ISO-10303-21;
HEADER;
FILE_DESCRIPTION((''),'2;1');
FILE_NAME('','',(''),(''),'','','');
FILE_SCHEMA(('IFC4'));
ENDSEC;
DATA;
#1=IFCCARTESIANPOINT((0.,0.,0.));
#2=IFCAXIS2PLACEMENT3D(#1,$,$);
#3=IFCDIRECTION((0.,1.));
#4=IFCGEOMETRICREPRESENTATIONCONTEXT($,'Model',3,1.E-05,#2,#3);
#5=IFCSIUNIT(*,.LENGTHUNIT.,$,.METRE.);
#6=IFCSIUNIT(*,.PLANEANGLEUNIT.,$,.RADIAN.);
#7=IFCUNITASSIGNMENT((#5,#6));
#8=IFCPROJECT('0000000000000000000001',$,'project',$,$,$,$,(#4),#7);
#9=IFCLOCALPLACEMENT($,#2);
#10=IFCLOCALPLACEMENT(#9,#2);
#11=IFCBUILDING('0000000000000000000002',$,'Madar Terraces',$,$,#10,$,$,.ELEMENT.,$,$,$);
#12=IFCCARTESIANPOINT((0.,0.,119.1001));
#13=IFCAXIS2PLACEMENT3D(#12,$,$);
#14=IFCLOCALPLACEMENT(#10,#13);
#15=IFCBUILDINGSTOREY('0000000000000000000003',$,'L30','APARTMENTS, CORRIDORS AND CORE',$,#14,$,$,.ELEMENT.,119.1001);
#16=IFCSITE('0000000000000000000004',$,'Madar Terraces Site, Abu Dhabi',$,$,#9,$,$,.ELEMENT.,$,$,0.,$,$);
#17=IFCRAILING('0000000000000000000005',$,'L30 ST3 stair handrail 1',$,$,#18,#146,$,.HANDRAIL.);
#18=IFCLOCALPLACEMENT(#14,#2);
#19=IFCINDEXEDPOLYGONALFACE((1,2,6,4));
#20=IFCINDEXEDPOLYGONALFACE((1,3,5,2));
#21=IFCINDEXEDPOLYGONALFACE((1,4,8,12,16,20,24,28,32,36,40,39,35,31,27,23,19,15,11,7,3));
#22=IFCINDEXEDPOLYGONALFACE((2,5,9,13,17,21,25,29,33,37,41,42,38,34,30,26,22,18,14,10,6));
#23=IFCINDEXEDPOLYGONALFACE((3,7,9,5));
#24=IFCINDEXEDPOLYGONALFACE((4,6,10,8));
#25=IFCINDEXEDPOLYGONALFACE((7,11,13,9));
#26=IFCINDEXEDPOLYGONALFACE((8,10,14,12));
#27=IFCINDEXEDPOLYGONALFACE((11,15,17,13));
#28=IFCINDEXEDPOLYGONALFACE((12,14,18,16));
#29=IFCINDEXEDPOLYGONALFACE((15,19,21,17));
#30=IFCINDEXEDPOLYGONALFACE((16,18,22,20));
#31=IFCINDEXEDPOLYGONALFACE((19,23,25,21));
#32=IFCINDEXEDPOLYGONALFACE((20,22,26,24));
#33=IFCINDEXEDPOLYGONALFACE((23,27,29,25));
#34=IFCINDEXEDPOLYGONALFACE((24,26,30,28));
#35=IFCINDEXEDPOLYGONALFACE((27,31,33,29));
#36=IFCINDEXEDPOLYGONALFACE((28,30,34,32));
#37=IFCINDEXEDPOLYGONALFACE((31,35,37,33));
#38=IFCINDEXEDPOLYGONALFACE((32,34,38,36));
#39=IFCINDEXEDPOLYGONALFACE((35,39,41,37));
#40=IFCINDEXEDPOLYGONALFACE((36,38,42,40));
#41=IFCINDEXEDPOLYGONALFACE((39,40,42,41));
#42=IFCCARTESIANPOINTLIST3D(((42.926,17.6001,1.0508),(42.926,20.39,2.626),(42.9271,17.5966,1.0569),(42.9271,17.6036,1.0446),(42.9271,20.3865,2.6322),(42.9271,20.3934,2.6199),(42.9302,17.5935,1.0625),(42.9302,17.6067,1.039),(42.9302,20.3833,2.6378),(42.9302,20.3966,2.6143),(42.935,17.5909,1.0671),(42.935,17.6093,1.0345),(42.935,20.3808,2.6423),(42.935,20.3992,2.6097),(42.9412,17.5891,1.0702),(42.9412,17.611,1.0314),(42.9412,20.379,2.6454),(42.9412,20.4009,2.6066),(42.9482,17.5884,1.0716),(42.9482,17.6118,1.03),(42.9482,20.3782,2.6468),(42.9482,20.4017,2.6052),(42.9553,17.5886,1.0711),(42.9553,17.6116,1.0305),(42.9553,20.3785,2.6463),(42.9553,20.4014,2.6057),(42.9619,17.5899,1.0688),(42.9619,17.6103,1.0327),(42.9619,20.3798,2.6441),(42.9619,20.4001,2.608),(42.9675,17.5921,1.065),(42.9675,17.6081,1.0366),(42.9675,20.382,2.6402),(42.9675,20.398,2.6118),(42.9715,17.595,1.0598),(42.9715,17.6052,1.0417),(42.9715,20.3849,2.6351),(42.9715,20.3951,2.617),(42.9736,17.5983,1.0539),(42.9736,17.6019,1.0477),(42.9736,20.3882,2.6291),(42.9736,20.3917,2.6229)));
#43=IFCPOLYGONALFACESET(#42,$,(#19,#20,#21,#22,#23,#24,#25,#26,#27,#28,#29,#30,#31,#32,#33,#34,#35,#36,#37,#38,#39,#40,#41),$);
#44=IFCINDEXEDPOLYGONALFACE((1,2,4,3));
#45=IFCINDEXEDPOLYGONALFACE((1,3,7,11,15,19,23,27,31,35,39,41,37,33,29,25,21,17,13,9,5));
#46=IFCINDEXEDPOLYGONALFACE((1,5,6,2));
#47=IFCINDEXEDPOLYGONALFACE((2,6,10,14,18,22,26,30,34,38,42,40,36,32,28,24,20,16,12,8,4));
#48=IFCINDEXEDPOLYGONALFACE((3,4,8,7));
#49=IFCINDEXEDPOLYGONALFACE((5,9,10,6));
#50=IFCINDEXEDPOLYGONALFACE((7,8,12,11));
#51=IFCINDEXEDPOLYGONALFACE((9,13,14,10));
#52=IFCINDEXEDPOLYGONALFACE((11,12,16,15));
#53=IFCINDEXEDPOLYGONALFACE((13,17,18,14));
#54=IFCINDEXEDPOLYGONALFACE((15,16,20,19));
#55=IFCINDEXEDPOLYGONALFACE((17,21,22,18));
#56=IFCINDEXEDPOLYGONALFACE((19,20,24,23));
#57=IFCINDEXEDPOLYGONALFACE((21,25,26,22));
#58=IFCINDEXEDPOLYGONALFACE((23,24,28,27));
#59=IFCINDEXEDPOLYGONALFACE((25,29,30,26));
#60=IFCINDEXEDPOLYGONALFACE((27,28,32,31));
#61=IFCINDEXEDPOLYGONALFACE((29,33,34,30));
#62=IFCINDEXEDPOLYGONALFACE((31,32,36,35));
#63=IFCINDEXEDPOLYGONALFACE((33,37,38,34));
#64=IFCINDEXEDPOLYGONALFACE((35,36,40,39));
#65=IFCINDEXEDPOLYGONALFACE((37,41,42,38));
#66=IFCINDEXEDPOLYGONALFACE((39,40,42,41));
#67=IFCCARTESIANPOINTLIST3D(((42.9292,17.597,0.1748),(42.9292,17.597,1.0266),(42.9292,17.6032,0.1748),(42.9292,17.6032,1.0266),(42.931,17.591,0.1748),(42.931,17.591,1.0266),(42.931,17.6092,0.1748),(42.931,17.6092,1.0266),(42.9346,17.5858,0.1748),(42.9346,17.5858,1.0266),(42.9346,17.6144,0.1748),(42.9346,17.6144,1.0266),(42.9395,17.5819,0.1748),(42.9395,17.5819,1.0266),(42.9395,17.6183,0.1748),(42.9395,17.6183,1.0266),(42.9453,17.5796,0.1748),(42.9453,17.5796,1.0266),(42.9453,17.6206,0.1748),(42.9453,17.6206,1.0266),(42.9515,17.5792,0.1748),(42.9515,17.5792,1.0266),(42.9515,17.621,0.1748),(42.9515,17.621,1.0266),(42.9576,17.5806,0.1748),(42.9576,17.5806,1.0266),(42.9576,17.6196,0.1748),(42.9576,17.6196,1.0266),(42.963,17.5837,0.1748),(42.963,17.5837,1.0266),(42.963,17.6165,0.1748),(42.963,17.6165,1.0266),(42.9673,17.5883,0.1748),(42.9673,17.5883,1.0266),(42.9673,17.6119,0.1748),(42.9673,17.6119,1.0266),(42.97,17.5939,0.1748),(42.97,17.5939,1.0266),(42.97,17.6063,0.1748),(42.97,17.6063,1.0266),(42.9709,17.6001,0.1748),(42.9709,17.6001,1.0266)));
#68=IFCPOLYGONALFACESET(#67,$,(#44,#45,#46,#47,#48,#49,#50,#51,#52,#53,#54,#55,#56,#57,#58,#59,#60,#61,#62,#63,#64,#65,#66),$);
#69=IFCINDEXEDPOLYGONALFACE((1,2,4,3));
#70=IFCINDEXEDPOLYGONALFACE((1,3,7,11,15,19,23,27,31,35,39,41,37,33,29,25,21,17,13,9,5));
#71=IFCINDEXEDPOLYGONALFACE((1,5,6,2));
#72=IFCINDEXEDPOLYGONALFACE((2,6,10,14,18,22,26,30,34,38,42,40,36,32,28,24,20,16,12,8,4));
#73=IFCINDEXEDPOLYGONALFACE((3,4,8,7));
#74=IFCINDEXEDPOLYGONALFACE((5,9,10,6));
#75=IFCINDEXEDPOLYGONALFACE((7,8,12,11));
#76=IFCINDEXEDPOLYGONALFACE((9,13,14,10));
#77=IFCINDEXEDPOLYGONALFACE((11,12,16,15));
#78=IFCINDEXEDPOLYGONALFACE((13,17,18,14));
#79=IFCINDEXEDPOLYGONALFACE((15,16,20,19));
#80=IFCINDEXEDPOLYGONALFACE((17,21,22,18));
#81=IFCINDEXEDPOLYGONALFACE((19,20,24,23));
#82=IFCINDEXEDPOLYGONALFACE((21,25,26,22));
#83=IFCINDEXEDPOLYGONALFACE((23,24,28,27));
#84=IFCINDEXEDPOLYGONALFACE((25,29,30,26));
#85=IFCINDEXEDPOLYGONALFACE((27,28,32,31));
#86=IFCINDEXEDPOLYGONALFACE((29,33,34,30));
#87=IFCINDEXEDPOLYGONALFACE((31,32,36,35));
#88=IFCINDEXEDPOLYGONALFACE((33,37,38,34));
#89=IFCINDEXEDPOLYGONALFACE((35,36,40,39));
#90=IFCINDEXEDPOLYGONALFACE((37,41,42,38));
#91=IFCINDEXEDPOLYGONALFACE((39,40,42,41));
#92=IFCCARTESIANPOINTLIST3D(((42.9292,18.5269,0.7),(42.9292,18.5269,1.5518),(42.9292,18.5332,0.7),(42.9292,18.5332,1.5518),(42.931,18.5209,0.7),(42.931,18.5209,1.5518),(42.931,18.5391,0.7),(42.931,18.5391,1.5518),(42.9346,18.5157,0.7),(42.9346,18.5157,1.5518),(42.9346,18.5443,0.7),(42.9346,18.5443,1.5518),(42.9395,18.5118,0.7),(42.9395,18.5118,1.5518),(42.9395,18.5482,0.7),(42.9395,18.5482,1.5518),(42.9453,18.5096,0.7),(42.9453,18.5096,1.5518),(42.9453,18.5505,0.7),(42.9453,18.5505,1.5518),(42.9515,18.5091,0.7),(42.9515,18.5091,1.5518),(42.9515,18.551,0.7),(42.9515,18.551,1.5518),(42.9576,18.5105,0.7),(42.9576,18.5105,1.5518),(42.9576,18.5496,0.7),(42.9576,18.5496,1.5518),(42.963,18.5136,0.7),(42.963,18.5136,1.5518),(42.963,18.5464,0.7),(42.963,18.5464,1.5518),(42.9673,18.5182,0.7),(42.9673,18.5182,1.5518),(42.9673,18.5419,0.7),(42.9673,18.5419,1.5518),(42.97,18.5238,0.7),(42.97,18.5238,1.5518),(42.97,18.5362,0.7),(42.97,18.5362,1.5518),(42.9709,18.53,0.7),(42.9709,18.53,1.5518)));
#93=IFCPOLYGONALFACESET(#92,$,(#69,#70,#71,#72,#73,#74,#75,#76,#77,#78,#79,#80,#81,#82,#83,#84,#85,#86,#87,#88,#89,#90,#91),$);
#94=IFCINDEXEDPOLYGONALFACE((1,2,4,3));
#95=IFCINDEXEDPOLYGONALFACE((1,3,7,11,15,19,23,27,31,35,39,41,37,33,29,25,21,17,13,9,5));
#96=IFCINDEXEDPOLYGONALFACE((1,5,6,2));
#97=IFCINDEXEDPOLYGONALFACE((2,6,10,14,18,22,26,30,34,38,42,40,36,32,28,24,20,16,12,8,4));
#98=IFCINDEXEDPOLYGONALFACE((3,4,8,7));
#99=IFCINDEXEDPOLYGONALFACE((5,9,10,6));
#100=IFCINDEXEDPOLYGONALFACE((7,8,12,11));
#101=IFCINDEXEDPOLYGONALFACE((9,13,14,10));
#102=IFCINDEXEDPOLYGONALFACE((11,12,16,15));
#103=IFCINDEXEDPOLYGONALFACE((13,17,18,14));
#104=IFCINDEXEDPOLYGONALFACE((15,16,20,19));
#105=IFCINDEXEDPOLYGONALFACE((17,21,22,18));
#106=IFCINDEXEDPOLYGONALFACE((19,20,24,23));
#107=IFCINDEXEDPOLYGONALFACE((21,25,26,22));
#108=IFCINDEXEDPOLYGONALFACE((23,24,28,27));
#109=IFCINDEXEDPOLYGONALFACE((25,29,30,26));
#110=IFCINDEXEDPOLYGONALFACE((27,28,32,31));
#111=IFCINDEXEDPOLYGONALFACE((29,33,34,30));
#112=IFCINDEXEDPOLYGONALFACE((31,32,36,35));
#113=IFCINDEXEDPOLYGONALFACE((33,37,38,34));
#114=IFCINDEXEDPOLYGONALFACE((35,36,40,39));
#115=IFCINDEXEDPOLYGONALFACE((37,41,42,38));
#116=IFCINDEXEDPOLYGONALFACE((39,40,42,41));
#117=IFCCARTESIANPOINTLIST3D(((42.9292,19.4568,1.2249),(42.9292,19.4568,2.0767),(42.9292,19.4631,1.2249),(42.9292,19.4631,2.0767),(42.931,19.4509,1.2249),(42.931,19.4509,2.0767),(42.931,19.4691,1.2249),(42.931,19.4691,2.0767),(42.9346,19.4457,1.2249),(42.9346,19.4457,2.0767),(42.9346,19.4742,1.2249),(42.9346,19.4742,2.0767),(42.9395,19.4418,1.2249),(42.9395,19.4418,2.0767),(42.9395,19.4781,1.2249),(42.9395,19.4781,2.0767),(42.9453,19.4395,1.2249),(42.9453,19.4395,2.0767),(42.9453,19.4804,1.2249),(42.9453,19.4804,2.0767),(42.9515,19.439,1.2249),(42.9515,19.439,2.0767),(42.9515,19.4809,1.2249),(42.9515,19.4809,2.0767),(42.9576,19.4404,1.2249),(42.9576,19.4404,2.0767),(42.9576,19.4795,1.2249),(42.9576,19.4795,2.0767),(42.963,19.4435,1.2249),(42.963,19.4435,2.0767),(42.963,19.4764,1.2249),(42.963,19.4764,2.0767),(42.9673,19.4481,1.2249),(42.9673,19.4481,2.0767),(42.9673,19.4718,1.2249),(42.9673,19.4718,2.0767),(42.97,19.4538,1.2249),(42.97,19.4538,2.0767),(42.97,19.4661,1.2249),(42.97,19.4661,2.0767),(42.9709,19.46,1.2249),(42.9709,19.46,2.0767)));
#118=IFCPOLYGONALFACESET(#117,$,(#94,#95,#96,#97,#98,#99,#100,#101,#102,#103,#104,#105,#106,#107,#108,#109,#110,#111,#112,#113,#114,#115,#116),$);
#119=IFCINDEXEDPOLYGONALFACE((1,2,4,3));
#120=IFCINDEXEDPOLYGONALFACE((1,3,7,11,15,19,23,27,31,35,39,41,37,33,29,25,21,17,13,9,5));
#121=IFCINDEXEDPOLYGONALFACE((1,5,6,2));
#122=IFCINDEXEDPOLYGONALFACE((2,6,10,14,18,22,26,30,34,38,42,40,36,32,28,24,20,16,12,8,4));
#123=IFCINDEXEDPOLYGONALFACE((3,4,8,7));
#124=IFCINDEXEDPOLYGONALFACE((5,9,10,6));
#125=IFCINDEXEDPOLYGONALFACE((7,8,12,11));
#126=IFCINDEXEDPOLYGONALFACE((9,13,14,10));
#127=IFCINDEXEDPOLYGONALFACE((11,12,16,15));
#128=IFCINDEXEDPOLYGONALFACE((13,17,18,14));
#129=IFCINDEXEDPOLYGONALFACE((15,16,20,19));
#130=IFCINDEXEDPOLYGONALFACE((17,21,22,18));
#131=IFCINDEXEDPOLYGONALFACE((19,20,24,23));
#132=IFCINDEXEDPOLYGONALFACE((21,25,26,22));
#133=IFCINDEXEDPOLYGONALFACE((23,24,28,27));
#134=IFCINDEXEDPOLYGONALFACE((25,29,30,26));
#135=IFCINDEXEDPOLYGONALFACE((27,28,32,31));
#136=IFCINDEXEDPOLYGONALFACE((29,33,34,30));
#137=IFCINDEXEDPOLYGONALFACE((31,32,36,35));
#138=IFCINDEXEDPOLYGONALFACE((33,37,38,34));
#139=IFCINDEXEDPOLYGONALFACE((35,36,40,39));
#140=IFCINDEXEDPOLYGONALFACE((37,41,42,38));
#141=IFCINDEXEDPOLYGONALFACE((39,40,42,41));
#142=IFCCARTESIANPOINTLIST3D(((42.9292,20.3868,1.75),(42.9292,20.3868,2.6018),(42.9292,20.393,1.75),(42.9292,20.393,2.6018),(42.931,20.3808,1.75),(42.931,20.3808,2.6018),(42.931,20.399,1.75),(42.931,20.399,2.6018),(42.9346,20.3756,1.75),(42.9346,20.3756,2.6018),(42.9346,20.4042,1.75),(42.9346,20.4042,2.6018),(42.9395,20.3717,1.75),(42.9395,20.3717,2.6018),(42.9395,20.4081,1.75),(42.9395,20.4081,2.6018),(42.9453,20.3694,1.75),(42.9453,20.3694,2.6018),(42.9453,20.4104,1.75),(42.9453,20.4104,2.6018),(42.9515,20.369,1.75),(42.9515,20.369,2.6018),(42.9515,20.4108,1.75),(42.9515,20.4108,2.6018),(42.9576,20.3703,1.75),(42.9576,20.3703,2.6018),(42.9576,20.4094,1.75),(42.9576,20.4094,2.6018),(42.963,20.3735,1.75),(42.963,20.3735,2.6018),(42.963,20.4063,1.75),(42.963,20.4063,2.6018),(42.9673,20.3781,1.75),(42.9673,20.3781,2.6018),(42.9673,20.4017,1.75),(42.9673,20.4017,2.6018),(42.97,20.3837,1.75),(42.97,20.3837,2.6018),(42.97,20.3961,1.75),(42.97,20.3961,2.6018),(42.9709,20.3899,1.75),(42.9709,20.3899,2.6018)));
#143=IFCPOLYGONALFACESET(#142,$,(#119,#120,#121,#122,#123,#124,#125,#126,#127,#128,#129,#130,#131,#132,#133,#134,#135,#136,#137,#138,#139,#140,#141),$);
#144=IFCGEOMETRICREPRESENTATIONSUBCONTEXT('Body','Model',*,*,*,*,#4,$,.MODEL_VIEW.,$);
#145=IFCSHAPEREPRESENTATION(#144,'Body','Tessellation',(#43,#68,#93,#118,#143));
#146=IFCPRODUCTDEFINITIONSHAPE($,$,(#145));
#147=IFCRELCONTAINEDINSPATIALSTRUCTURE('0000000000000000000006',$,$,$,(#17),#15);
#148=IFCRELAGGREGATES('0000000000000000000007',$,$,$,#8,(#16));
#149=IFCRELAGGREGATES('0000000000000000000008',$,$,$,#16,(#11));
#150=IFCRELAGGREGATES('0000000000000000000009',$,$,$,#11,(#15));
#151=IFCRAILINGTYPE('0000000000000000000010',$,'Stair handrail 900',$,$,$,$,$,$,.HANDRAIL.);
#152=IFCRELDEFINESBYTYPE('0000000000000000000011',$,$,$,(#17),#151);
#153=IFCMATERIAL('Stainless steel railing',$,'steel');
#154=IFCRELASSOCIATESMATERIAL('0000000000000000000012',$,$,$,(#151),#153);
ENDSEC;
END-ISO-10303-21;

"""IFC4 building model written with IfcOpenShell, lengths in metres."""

from ifc_helpers import new_model, si_unit, direction, frame, origin, origin_2d, place, context, subcontext, project, spatial, circle, extrude, material, type_object, element, save


model = new_model("IFC4")

# Units and contexts
model_context = context("Model", 3, precision=1e-05, world=origin(), true_north=direction((0.0, 1.0)))
body_context = subcontext(model_context, "Body", "Model", "MODEL_VIEW")
ifc_project = project(units=[si_unit("LENGTHUNIT", "METRE"), si_unit("PLANEANGLEUNIT", "RADIAN")], contexts=[model_context])

# Site, building, storey
site_placement = place(None, origin())
site = spatial("IfcSite", under=ifc_project, at=site_placement, Name="Madar Terraces Site, Abu Dhabi", CompositionType="ELEMENT", RefElevation=0.0)
building_placement = place(site_placement, origin())
building = spatial("IfcBuilding", under=site, at=building_placement, Name="Madar Terraces", CompositionType="ELEMENT")
storey_placement = place(building_placement, frame((0.0, 0.0, 119.1001)))
storey = spatial("IfcBuildingStorey", under=building, at=storey_placement, Name="L30", Description="APARTMENTS, CORRIDORS AND CORE", CompositionType="ELEMENT", Elevation=119.1001)

# Railing
ifc_material_1 = material(Name="Stainless steel railing", Category="steel")
railing_type_1 = type_object("IfcRailingType", Name="Stair handrail 900", PredefinedType="HANDRAIL", material=ifc_material_1)
railing_1_placement = place(storey_placement, frame((42.95, 17.6001, 0.1748)))
element("IfcRailing", 1, at=railing_1_placement, inside=storey, type_object=railing_type_1, Name="L30 ST3 stair handrail 1", PredefinedType="HANDRAIL", context=body_context, shape_type="SweptSolid", body=[
    extrude(circle(Radius=0.0239, at=origin_2d()), frame((0.0, 0.0, 0.876), z_axis=(0.0, 0.870783, 0.491668), x_axis=(-1.0, 0.0, 0.0)), (0.0, 0.0, 1.0), 3.2039),
    extrude(circle(Radius=0.021, at=origin_2d()), origin(), (0.0, 0.0, 1.0), 0.8518),
    extrude(circle(Radius=0.021, at=origin_2d()), frame((0.0, 0.9299, 0.5251)), (0.0, 0.0, 1.0), 0.8518),
    extrude(circle(Radius=0.021, at=origin_2d()), frame((0.0, 1.8599, 1.05)), (0.0, 0.0, 1.0), 0.8518),
    extrude(circle(Radius=0.021, at=origin_2d()), frame((0.0, 2.7898, 1.5752)), (0.0, 0.0, 1.0), 0.8518),
])

save(model, "model.ifc")
